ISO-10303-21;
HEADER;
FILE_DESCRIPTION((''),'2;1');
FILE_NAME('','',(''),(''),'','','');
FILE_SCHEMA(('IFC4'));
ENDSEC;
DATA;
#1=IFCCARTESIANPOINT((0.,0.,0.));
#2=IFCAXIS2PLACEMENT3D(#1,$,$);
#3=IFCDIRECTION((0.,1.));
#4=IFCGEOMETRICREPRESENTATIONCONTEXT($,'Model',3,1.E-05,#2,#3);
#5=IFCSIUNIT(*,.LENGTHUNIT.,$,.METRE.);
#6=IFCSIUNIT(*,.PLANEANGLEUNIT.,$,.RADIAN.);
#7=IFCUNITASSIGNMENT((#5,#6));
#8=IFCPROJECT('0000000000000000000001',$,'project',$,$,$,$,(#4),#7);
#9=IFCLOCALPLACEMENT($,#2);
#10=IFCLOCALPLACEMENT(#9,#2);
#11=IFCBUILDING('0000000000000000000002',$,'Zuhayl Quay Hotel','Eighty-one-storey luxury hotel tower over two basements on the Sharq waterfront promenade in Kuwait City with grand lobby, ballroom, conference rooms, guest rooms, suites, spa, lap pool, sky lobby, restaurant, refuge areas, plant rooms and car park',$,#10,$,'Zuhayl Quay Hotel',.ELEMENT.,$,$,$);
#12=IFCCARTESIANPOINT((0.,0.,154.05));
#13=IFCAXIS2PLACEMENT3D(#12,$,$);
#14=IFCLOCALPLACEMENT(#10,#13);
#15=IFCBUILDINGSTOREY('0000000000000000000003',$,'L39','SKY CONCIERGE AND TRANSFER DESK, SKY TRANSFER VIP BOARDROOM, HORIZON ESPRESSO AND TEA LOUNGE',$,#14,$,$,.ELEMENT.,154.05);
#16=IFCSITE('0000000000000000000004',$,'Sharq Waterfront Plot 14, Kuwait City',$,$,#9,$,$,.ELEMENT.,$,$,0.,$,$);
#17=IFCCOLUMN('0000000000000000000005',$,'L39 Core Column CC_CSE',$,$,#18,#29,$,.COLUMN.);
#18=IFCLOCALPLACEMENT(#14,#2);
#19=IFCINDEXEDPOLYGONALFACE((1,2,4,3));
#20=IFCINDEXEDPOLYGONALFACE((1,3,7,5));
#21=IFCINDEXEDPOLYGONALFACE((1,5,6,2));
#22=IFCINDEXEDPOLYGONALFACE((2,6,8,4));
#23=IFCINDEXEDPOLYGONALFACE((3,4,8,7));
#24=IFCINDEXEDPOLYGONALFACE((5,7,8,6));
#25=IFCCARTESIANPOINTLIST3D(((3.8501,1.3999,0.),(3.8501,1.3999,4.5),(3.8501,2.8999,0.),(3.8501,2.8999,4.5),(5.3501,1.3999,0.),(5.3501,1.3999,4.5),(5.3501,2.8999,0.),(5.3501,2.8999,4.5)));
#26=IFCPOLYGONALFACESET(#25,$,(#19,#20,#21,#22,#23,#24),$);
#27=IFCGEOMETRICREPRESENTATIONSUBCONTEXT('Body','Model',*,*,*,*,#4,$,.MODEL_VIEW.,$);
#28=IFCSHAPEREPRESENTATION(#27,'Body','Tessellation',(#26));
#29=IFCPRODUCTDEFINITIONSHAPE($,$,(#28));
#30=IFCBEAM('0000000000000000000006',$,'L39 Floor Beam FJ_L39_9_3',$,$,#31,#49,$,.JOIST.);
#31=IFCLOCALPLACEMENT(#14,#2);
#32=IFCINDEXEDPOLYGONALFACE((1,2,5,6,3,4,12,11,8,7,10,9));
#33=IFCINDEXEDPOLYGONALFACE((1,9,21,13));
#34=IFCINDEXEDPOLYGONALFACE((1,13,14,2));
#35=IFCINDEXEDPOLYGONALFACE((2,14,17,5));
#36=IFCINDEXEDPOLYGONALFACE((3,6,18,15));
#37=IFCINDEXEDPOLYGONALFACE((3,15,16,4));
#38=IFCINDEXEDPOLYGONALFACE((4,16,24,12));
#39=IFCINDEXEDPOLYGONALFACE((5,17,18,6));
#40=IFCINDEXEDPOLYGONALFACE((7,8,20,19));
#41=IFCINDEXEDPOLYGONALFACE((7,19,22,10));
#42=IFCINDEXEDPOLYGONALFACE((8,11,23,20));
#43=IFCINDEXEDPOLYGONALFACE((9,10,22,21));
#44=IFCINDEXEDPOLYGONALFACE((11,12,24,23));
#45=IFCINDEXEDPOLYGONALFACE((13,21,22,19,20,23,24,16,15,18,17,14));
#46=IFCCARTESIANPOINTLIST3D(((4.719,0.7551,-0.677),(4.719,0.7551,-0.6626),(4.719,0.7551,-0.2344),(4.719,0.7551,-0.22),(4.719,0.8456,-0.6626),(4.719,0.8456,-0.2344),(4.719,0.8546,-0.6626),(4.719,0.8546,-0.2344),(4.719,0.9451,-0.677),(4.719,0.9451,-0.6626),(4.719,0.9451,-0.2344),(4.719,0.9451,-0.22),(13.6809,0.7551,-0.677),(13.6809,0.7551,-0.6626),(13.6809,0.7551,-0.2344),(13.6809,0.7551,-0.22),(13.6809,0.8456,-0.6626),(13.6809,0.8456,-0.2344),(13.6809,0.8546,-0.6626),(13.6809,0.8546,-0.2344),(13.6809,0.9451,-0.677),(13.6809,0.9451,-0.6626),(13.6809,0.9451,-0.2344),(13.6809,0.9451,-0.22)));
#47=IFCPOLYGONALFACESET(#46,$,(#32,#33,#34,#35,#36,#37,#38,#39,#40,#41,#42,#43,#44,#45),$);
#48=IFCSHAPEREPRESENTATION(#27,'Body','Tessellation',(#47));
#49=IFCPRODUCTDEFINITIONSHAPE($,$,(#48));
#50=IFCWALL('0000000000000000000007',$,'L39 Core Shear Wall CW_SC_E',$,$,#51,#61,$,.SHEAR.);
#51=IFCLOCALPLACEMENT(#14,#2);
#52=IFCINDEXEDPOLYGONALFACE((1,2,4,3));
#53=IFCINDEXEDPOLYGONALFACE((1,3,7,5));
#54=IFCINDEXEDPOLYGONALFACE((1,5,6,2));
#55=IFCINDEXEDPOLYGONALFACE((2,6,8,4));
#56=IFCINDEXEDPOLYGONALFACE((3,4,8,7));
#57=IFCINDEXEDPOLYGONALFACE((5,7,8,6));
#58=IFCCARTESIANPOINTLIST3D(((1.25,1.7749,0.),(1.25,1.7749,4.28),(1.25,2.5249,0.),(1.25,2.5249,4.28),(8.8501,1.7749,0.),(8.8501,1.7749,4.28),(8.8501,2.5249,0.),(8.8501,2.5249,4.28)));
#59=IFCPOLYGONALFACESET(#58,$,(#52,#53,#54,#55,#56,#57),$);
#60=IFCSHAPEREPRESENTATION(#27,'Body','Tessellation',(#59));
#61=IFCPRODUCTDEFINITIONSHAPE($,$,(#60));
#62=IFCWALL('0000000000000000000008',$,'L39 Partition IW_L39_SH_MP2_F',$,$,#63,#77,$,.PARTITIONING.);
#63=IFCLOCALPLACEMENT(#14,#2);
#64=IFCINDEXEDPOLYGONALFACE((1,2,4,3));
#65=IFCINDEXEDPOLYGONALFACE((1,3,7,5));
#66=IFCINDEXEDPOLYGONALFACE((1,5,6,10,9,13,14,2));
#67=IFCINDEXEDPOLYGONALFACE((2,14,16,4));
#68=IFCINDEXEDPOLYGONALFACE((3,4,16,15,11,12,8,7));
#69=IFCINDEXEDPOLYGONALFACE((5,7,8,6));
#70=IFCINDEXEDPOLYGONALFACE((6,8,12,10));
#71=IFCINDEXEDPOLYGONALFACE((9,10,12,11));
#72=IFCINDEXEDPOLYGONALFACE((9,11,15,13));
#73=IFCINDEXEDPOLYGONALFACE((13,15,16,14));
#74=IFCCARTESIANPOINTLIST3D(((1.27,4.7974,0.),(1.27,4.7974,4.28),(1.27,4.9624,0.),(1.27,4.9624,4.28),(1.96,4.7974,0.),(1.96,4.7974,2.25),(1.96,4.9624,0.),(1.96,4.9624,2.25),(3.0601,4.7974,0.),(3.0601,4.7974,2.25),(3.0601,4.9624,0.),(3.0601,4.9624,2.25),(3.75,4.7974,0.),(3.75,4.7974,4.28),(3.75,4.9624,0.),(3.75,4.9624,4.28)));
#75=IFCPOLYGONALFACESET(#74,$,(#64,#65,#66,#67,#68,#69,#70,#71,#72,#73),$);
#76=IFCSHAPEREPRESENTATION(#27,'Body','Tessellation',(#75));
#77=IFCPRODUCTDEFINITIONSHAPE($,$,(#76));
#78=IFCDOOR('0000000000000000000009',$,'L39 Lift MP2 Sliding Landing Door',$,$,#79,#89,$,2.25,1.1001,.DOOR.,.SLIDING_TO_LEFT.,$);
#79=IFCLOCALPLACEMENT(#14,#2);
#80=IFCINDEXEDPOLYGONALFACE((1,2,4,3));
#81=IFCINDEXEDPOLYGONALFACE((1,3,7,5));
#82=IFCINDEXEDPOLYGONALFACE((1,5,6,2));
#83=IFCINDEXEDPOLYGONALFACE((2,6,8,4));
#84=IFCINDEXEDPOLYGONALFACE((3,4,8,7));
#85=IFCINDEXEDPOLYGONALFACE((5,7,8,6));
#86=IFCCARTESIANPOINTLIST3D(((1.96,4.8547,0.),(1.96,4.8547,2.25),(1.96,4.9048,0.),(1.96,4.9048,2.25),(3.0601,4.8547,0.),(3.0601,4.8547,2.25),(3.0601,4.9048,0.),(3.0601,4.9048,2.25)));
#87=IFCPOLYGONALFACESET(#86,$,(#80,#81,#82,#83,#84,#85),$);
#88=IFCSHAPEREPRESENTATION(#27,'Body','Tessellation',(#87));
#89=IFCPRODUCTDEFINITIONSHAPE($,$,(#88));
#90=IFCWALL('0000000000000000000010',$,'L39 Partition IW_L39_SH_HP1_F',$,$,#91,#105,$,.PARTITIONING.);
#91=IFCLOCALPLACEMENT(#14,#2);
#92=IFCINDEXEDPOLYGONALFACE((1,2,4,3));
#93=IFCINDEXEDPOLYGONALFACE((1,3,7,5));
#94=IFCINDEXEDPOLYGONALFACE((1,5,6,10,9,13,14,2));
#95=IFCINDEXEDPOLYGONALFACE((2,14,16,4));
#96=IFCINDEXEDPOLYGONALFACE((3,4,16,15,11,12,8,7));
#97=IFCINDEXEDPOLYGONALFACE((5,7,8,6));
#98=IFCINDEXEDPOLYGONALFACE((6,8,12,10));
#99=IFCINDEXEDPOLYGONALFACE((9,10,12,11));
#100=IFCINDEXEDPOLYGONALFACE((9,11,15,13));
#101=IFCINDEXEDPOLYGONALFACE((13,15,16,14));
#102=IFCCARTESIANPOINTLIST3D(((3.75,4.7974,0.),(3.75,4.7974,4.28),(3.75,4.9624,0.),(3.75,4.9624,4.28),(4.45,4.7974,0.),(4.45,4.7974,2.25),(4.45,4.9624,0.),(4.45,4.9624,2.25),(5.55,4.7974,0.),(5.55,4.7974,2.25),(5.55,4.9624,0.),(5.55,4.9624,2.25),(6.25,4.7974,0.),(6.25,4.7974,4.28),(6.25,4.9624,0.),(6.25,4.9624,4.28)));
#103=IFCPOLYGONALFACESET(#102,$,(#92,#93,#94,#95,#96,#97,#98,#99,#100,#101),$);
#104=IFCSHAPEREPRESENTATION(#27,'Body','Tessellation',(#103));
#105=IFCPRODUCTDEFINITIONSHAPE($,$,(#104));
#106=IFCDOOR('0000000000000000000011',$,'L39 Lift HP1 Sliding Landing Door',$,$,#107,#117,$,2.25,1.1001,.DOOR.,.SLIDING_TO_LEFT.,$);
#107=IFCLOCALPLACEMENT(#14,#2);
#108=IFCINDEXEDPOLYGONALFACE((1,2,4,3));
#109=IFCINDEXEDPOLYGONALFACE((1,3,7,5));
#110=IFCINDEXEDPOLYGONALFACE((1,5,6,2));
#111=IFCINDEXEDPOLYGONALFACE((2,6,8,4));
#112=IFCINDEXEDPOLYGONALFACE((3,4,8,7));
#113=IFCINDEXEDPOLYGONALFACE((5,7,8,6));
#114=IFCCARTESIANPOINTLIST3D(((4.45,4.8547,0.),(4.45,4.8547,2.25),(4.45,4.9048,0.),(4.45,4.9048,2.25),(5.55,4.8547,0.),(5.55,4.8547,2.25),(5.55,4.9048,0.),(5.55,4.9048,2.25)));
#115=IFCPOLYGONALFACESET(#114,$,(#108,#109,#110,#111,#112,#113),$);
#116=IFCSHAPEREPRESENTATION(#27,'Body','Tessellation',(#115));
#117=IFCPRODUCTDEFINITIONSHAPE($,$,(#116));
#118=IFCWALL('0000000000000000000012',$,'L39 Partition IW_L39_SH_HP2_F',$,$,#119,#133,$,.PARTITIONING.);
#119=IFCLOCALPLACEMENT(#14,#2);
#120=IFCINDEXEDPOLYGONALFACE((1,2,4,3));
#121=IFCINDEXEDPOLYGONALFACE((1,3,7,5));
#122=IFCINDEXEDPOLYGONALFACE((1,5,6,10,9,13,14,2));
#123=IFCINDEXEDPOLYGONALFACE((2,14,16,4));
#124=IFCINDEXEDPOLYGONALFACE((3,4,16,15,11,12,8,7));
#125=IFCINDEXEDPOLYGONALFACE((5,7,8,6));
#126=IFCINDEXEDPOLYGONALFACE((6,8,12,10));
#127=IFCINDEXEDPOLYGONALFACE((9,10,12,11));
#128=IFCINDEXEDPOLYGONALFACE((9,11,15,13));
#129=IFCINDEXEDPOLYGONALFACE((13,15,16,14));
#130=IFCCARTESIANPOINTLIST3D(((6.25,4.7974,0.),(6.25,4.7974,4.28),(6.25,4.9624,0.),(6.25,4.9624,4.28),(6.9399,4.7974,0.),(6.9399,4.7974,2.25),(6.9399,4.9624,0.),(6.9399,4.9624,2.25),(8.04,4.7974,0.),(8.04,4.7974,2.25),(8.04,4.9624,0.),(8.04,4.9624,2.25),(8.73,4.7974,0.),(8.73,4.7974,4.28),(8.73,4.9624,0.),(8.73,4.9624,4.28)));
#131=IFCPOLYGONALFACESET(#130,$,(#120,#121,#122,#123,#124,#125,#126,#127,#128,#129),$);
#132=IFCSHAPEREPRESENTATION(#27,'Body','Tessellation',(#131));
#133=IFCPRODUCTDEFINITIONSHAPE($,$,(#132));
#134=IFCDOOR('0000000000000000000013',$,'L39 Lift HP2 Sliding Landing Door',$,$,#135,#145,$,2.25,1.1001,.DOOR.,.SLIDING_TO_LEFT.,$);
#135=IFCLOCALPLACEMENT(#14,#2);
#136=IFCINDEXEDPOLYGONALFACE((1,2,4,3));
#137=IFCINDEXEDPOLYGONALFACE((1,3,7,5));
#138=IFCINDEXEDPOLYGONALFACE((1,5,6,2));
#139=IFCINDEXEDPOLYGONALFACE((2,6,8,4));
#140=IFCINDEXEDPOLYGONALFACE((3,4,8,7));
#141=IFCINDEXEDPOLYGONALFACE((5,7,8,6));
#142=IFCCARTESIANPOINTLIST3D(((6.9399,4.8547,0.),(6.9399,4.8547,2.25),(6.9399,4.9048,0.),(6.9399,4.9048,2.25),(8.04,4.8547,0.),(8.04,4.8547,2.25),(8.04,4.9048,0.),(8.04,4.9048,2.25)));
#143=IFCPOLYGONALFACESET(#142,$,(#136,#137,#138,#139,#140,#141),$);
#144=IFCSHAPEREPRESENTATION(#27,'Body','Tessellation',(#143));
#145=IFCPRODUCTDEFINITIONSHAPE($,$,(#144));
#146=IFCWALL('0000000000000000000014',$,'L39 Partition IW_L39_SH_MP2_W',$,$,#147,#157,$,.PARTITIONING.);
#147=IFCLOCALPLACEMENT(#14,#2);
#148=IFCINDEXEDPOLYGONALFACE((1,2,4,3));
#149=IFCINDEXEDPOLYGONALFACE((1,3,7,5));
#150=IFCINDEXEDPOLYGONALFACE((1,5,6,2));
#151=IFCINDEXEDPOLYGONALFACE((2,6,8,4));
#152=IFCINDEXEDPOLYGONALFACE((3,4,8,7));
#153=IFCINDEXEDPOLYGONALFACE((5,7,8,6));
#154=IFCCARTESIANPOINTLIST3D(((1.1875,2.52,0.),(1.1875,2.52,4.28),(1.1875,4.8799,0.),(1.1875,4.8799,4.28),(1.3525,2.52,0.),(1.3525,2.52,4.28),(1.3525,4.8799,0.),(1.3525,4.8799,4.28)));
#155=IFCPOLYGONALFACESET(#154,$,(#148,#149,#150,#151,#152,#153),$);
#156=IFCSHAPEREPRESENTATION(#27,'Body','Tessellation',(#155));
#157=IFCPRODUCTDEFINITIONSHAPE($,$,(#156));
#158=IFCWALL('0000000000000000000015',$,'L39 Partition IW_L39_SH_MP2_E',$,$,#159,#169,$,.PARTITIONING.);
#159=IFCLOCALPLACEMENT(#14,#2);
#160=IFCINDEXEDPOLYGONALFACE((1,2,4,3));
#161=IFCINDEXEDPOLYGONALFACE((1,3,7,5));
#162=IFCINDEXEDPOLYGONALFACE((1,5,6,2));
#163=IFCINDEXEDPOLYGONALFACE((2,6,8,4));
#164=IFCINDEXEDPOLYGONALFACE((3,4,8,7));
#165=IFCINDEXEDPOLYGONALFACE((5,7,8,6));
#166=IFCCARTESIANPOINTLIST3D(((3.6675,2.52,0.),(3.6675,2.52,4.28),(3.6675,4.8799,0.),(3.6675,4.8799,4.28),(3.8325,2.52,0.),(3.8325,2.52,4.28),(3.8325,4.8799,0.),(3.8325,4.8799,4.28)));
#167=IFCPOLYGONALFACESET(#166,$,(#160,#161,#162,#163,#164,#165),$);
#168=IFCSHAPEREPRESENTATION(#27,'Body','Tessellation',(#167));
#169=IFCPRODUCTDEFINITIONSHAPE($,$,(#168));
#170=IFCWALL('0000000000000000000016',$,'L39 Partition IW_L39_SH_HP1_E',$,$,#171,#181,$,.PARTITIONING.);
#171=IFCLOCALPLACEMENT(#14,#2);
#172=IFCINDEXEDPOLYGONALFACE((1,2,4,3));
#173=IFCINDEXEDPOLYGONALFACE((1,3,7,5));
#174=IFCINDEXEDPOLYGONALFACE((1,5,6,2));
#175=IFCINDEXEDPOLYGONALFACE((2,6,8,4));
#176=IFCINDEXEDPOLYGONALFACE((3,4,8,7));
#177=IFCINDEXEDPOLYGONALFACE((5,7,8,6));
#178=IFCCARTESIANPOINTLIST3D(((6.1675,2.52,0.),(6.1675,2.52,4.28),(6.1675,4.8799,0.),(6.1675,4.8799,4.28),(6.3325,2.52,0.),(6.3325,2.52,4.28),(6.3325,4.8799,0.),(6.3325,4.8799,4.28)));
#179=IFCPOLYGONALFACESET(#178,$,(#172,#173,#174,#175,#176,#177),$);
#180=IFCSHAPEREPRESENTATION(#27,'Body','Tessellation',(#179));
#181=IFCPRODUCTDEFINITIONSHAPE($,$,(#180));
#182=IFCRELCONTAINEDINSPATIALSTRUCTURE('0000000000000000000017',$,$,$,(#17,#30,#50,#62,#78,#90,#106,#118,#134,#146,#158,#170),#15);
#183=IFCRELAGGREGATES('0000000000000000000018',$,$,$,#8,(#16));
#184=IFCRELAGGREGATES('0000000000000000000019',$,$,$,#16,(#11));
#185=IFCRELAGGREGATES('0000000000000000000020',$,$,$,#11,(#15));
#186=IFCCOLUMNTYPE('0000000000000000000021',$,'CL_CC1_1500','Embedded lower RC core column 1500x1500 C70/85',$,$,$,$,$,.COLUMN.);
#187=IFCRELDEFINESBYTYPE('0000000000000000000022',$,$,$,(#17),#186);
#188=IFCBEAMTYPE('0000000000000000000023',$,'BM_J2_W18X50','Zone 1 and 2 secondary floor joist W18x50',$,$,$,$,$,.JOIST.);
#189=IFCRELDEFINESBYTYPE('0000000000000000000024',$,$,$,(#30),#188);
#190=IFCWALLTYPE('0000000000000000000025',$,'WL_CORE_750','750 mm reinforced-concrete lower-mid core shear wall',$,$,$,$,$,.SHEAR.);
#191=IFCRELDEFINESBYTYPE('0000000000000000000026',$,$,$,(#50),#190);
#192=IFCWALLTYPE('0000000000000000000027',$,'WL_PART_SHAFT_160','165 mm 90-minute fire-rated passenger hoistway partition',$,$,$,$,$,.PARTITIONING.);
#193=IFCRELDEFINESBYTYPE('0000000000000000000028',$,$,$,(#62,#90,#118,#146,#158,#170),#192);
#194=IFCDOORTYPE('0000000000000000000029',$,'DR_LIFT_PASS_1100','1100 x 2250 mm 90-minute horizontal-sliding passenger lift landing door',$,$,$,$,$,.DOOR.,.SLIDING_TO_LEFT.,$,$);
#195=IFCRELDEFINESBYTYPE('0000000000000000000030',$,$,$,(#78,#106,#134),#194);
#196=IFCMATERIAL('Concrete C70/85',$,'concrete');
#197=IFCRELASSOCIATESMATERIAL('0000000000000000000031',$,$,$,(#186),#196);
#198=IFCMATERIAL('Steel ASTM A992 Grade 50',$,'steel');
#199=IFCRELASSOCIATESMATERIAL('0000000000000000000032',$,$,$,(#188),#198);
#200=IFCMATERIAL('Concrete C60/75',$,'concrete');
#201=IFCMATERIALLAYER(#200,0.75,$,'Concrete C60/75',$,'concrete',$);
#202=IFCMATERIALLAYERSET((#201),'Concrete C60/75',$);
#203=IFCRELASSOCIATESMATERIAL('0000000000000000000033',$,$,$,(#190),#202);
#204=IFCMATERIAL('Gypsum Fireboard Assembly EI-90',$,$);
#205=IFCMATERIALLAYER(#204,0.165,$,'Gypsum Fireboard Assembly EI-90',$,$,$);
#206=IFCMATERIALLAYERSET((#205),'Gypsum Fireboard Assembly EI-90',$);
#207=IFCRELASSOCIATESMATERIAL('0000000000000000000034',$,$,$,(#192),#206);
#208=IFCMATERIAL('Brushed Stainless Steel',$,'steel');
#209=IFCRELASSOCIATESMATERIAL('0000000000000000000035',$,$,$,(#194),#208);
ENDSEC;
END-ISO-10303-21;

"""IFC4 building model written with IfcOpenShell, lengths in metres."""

from ifc_helpers import new_model, si_unit, direction, frame, frame_2d, origin, origin_2d, place, context, subcontext, project, spatial, rectangle, i_section, extrude, material, layer, layer_set, material_profile, profile_set, type_object, element, fill, save


model = new_model("IFC4")

# Units and contexts
model_context = context("Model", 3, precision=1e-05, world=origin(), true_north=direction((0.0, 1.0)))
body_context = subcontext(model_context, "Body", "Model", "MODEL_VIEW")
ifc_project = project(units=[si_unit("LENGTHUNIT", "METRE"), si_unit("PLANEANGLEUNIT", "RADIAN")], contexts=[model_context])

# Site, building, storey
site_placement = place(None, origin())
site = spatial("IfcSite", under=ifc_project, at=site_placement, Name="Sharq Waterfront Plot 14, Kuwait City", CompositionType="ELEMENT", RefElevation=0.0)
building_placement = place(site_placement, origin())
building = spatial("IfcBuilding", under=site, at=building_placement, Name="Zuhayl Quay Hotel", Description="Eighty-one-storey luxury hotel tower over two basements on the Sharq waterfront promenade in Kuwait City with grand lobby, ballroom, conference rooms, guest rooms, suites, spa, lap pool, sky lobby, restaurant, refuge areas, plant rooms and car park", LongName="Zuhayl Quay Hotel", CompositionType="ELEMENT")
storey_placement = place(building_placement, frame((0.0, 0.0, 154.05)))
storey = spatial("IfcBuildingStorey", under=building, at=storey_placement, Name="L39", Description="SKY CONCIERGE AND TRANSFER DESK, SKY TRANSFER VIP BOARDROOM, HORIZON ESPRESSO AND TEA LOUNGE", CompositionType="ELEMENT", Elevation=154.05)

# Column
ifc_material_1 = material(Name="Concrete C70/85", Category="concrete")
ifc_material_profile_1 = material_profile(ifc_material_1, rectangle(XDim=1.5, YDim=1.5, at=origin_2d()), Name="RC1500X1500")
ifc_profile_set_1 = profile_set([ifc_material_profile_1], Name="Concrete C70/85")
column_type = type_object("IfcColumnType", Name="CL_CC1_1500", Description="Embedded lower RC core column 1500x1500 C70/85", PredefinedType="COLUMN", material=ifc_profile_set_1)
column_placement = place(storey_placement, frame((4.6001, 2.1499, 0.0), z_axis=(0.0, 0.0, 1.0), x_axis=(1.0, 0.0, 0.0)))
element("IfcColumn", 1, at=column_placement, inside=storey, type_object=column_type, Name="L39 Core Column CC_CSE", PredefinedType="COLUMN", context=body_context, shape_type="SweptSolid", body=[
    extrude(rectangle(XDim=1.5, YDim=1.5, at=origin_2d()), origin(), (0.0, 0.0, 1.0), 4.5),
])

# Beam
ifc_material_2 = material(Name="Steel ASTM A992 Grade 50", Category="steel")
ifc_material_profile_2 = material_profile(ifc_material_2, i_section(OverallWidth=0.1899, OverallDepth=0.457, WebThickness=0.009, FlangeThickness=0.0144, at=origin_2d()), Name="W18X50")
ifc_profile_set_2 = profile_set([ifc_material_profile_2], Name="Steel ASTM A992 Grade 50")
beam_type = type_object("IfcBeamType", Name="BM_J2_W18X50", Description="Zone 1 and 2 secondary floor joist W18x50", PredefinedType="JOIST", material=ifc_profile_set_2)
beam_placement = place(storey_placement, frame((4.719, 0.8501, -0.4485), z_axis=(1.0, 0.0, 0.0), x_axis=(0.0, 1.0, 0.0)))
element("IfcBeam", 2, at=beam_placement, inside=storey, type_object=beam_type, Name="L39 Floor Beam FJ_L39_9_3", PredefinedType="JOIST", context=body_context, shape_type="SweptSolid", body=[
    extrude(i_section(OverallWidth=0.1899, OverallDepth=0.457, WebThickness=0.009, FlangeThickness=0.0144, at=origin_2d()), origin(), (0.0, 0.0, 1.0), 8.9619),
])

# Wall
ifc_material_3 = material(Name="Concrete C60/75", Category="concrete")
ifc_layer_1 = layer(ifc_material_3, 0.75, Name="Concrete C60/75", Category="concrete")
ifc_layer_set_1 = layer_set([ifc_layer_1], Name="Concrete C60/75")
wall_type_1 = type_object("IfcWallType", Name="WL_CORE_750", Description="750 mm reinforced-concrete lower-mid core shear wall", PredefinedType="SHEAR", material=ifc_layer_set_1)
wall_1_placement = place(storey_placement, frame((1.25, 2.1499, 0.0), z_axis=(0.0, 0.0, 1.0), x_axis=(1.0, 0.0, 0.0)))
element("IfcWall", 3, at=wall_1_placement, inside=storey, type_object=wall_type_1, Name="L39 Core Shear Wall CW_SC_E", PredefinedType="SHEAR", context=body_context, shape_type="SweptSolid", body=[
    extrude(rectangle(XDim=7.6001, YDim=0.75, at=frame_2d((3.8, 0.0))), origin(), (0.0, 0.0, 1.0), 4.28),
])

# Walls, openings, doors
ifc_material_4 = material(Name="Gypsum Fireboard Assembly EI-90")
ifc_layer_2 = layer(ifc_material_4, 0.165, Name="Gypsum Fireboard Assembly EI-90")
ifc_layer_set_2 = layer_set([ifc_layer_2], Name="Gypsum Fireboard Assembly EI-90")
wall_type_2 = type_object("IfcWallType", Name="WL_PART_SHAFT_160", Description="165 mm 90-minute fire-rated passenger hoistway partition", PredefinedType="PARTITIONING", material=ifc_layer_set_2)
wall_2_placement = place(storey_placement, frame((1.27, 4.8799, 0.0), z_axis=(0.0, 0.0, 1.0), x_axis=(1.0, 0.0, 0.0)))
wall_2 = element("IfcWall", 4, at=wall_2_placement, inside=storey, type_object=wall_type_2, Name="L39 Partition IW_L39_SH_MP2_F", PredefinedType="PARTITIONING", context=body_context, shape_type="SweptSolid", body=[
    extrude(rectangle(XDim=2.48, YDim=0.165, at=frame_2d((1.24, 0.0))), origin(), (0.0, 0.0, 1.0), 4.28),
])
opening_1_placement = place(wall_2_placement, frame((0.6899, 0.0, 0.0)))
opening_1 = element("IfcOpeningElement", 5, at=opening_1_placement, cuts=wall_2, PredefinedType="OPENING", context=body_context, shape_type="SweptSolid", body=[
    extrude(rectangle(XDim=1.1001, YDim=2.25, at=frame_2d((0.55, 1.125))), frame((0.0, 0.0925, 0.0), z_axis=(0.0, -1.0, 0.0), x_axis=(1.0, 0.0, 0.0)), (0.0, 0.0, 1.0), 0.1851),
])
ifc_material_5 = material(Name="Brushed Stainless Steel", Category="steel")
door_type = type_object("IfcDoorType", Name="DR_LIFT_PASS_1100", Description="1100 x 2250 mm 90-minute horizontal-sliding passenger lift landing door", OperationType="SLIDING_TO_LEFT", PredefinedType="DOOR", material=ifc_material_5)
door_1_placement = place(opening_1_placement, origin())
door_1 = element("IfcDoor", 6, at=door_1_placement, inside=storey, type_object=door_type, Name="L39 Lift MP2 Sliding Landing Door", OperationType="SLIDING_TO_LEFT", OverallHeight=2.25, OverallWidth=1.1001, PredefinedType="DOOR", context=body_context, shape_type="SweptSolid", body=[
    extrude(rectangle(XDim=1.1001, YDim=2.25, at=frame_2d((0.55, 1.125))), frame((0.0, 0.0249, 0.0), z_axis=(0.0, -1.0, 0.0), x_axis=(1.0, 0.0, 0.0)), (0.0, 0.0, 1.0), 0.05),
])
fill(opening_1, door_1)
wall_3_placement = place(storey_placement, frame((3.75, 4.8799, 0.0), z_axis=(0.0, 0.0, 1.0), x_axis=(1.0, 0.0, 0.0)))
wall_3 = element("IfcWall", 7, at=wall_3_placement, inside=storey, type_object=wall_type_2, Name="L39 Partition IW_L39_SH_HP1_F", PredefinedType="PARTITIONING", context=body_context, shape_type="SweptSolid", body=[
    extrude(rectangle(XDim=2.5, YDim=0.165, at=frame_2d((1.25, 0.0))), origin(), (0.0, 0.0, 1.0), 4.28),
])
opening_2_placement = place(wall_3_placement, frame((0.7, 0.0, 0.0)))
opening_2 = element("IfcOpeningElement", 8, at=opening_2_placement, cuts=wall_3, PredefinedType="OPENING", context=body_context, shape_type="SweptSolid", body=[
    extrude(rectangle(XDim=1.1001, YDim=2.25, at=frame_2d((0.55, 1.125))), frame((0.0, 0.0925, 0.0), z_axis=(0.0, -1.0, 0.0), x_axis=(1.0, 0.0, 0.0)), (0.0, 0.0, 1.0), 0.1851),
])
door_2_placement = place(opening_2_placement, origin())
door_2 = element("IfcDoor", 9, at=door_2_placement, inside=storey, type_object=door_type, Name="L39 Lift HP1 Sliding Landing Door", OperationType="SLIDING_TO_LEFT", OverallHeight=2.25, OverallWidth=1.1001, PredefinedType="DOOR", context=body_context, shape_type="SweptSolid", body=[
    extrude(rectangle(XDim=1.1001, YDim=2.25, at=frame_2d((0.55, 1.125))), frame((0.0, 0.0249, 0.0), z_axis=(0.0, -1.0, 0.0), x_axis=(1.0, 0.0, 0.0)), (0.0, 0.0, 1.0), 0.05),
])
fill(opening_2, door_2)
wall_4_placement = place(storey_placement, frame((6.25, 4.8799, 0.0), z_axis=(0.0, 0.0, 1.0), x_axis=(1.0, 0.0, 0.0)))
wall_4 = element("IfcWall", 10, at=wall_4_placement, inside=storey, type_object=wall_type_2, Name="L39 Partition IW_L39_SH_HP2_F", PredefinedType="PARTITIONING", context=body_context, shape_type="SweptSolid", body=[
    extrude(rectangle(XDim=2.48, YDim=0.165, at=frame_2d((1.24, 0.0))), origin(), (0.0, 0.0, 1.0), 4.28),
])
opening_3_placement = place(wall_4_placement, frame((0.6899, 0.0, 0.0)))
opening_3 = element("IfcOpeningElement", 11, at=opening_3_placement, cuts=wall_4, PredefinedType="OPENING", context=body_context, shape_type="SweptSolid", body=[
    extrude(rectangle(XDim=1.1001, YDim=2.25, at=frame_2d((0.55, 1.125))), frame((0.0, 0.0925, 0.0), z_axis=(0.0, -1.0, 0.0), x_axis=(1.0, 0.0, 0.0)), (0.0, 0.0, 1.0), 0.1851),
])
door_3_placement = place(opening_3_placement, origin())
door_3 = element("IfcDoor", 12, at=door_3_placement, inside=storey, type_object=door_type, Name="L39 Lift HP2 Sliding Landing Door", OperationType="SLIDING_TO_LEFT", OverallHeight=2.25, OverallWidth=1.1001, PredefinedType="DOOR", context=body_context, shape_type="SweptSolid", body=[
    extrude(rectangle(XDim=1.1001, YDim=2.25, at=frame_2d((0.55, 1.125))), frame((0.0, 0.0249, 0.0), z_axis=(0.0, -1.0, 0.0), x_axis=(1.0, 0.0, 0.0)), (0.0, 0.0, 1.0), 0.05),
])
fill(opening_3, door_3)

# Walls
for number, where, z_axis, x_axis, name in (
    (13, (1.27, 2.52, 0.0), (0.0, 0.0, 1.0), (0.0, 1.0, 0.0), "L39 Partition IW_L39_SH_MP2_W"),
    (14, (3.75, 2.52, 0.0), (0.0, 0.0, 1.0), (0.0, 1.0, 0.0), "L39 Partition IW_L39_SH_MP2_E"),
    (15, (6.25, 2.52, 0.0), (0.0, 0.0, 1.0), (0.0, 1.0, 0.0), "L39 Partition IW_L39_SH_HP1_E"),
):
    element("IfcWall", number, at=place(storey_placement, frame(where, z_axis=z_axis, x_axis=x_axis)), inside=storey, type_object=wall_type_2, Name=name, PredefinedType="PARTITIONING", context=body_context, shape_type="SweptSolid", body=[
        extrude(rectangle(XDim=2.3599, YDim=0.165, at=frame_2d((1.1799, 0.0))), origin(), (0.0, 0.0, 1.0), 4.28),
    ])

save(model, "model.ifc")
